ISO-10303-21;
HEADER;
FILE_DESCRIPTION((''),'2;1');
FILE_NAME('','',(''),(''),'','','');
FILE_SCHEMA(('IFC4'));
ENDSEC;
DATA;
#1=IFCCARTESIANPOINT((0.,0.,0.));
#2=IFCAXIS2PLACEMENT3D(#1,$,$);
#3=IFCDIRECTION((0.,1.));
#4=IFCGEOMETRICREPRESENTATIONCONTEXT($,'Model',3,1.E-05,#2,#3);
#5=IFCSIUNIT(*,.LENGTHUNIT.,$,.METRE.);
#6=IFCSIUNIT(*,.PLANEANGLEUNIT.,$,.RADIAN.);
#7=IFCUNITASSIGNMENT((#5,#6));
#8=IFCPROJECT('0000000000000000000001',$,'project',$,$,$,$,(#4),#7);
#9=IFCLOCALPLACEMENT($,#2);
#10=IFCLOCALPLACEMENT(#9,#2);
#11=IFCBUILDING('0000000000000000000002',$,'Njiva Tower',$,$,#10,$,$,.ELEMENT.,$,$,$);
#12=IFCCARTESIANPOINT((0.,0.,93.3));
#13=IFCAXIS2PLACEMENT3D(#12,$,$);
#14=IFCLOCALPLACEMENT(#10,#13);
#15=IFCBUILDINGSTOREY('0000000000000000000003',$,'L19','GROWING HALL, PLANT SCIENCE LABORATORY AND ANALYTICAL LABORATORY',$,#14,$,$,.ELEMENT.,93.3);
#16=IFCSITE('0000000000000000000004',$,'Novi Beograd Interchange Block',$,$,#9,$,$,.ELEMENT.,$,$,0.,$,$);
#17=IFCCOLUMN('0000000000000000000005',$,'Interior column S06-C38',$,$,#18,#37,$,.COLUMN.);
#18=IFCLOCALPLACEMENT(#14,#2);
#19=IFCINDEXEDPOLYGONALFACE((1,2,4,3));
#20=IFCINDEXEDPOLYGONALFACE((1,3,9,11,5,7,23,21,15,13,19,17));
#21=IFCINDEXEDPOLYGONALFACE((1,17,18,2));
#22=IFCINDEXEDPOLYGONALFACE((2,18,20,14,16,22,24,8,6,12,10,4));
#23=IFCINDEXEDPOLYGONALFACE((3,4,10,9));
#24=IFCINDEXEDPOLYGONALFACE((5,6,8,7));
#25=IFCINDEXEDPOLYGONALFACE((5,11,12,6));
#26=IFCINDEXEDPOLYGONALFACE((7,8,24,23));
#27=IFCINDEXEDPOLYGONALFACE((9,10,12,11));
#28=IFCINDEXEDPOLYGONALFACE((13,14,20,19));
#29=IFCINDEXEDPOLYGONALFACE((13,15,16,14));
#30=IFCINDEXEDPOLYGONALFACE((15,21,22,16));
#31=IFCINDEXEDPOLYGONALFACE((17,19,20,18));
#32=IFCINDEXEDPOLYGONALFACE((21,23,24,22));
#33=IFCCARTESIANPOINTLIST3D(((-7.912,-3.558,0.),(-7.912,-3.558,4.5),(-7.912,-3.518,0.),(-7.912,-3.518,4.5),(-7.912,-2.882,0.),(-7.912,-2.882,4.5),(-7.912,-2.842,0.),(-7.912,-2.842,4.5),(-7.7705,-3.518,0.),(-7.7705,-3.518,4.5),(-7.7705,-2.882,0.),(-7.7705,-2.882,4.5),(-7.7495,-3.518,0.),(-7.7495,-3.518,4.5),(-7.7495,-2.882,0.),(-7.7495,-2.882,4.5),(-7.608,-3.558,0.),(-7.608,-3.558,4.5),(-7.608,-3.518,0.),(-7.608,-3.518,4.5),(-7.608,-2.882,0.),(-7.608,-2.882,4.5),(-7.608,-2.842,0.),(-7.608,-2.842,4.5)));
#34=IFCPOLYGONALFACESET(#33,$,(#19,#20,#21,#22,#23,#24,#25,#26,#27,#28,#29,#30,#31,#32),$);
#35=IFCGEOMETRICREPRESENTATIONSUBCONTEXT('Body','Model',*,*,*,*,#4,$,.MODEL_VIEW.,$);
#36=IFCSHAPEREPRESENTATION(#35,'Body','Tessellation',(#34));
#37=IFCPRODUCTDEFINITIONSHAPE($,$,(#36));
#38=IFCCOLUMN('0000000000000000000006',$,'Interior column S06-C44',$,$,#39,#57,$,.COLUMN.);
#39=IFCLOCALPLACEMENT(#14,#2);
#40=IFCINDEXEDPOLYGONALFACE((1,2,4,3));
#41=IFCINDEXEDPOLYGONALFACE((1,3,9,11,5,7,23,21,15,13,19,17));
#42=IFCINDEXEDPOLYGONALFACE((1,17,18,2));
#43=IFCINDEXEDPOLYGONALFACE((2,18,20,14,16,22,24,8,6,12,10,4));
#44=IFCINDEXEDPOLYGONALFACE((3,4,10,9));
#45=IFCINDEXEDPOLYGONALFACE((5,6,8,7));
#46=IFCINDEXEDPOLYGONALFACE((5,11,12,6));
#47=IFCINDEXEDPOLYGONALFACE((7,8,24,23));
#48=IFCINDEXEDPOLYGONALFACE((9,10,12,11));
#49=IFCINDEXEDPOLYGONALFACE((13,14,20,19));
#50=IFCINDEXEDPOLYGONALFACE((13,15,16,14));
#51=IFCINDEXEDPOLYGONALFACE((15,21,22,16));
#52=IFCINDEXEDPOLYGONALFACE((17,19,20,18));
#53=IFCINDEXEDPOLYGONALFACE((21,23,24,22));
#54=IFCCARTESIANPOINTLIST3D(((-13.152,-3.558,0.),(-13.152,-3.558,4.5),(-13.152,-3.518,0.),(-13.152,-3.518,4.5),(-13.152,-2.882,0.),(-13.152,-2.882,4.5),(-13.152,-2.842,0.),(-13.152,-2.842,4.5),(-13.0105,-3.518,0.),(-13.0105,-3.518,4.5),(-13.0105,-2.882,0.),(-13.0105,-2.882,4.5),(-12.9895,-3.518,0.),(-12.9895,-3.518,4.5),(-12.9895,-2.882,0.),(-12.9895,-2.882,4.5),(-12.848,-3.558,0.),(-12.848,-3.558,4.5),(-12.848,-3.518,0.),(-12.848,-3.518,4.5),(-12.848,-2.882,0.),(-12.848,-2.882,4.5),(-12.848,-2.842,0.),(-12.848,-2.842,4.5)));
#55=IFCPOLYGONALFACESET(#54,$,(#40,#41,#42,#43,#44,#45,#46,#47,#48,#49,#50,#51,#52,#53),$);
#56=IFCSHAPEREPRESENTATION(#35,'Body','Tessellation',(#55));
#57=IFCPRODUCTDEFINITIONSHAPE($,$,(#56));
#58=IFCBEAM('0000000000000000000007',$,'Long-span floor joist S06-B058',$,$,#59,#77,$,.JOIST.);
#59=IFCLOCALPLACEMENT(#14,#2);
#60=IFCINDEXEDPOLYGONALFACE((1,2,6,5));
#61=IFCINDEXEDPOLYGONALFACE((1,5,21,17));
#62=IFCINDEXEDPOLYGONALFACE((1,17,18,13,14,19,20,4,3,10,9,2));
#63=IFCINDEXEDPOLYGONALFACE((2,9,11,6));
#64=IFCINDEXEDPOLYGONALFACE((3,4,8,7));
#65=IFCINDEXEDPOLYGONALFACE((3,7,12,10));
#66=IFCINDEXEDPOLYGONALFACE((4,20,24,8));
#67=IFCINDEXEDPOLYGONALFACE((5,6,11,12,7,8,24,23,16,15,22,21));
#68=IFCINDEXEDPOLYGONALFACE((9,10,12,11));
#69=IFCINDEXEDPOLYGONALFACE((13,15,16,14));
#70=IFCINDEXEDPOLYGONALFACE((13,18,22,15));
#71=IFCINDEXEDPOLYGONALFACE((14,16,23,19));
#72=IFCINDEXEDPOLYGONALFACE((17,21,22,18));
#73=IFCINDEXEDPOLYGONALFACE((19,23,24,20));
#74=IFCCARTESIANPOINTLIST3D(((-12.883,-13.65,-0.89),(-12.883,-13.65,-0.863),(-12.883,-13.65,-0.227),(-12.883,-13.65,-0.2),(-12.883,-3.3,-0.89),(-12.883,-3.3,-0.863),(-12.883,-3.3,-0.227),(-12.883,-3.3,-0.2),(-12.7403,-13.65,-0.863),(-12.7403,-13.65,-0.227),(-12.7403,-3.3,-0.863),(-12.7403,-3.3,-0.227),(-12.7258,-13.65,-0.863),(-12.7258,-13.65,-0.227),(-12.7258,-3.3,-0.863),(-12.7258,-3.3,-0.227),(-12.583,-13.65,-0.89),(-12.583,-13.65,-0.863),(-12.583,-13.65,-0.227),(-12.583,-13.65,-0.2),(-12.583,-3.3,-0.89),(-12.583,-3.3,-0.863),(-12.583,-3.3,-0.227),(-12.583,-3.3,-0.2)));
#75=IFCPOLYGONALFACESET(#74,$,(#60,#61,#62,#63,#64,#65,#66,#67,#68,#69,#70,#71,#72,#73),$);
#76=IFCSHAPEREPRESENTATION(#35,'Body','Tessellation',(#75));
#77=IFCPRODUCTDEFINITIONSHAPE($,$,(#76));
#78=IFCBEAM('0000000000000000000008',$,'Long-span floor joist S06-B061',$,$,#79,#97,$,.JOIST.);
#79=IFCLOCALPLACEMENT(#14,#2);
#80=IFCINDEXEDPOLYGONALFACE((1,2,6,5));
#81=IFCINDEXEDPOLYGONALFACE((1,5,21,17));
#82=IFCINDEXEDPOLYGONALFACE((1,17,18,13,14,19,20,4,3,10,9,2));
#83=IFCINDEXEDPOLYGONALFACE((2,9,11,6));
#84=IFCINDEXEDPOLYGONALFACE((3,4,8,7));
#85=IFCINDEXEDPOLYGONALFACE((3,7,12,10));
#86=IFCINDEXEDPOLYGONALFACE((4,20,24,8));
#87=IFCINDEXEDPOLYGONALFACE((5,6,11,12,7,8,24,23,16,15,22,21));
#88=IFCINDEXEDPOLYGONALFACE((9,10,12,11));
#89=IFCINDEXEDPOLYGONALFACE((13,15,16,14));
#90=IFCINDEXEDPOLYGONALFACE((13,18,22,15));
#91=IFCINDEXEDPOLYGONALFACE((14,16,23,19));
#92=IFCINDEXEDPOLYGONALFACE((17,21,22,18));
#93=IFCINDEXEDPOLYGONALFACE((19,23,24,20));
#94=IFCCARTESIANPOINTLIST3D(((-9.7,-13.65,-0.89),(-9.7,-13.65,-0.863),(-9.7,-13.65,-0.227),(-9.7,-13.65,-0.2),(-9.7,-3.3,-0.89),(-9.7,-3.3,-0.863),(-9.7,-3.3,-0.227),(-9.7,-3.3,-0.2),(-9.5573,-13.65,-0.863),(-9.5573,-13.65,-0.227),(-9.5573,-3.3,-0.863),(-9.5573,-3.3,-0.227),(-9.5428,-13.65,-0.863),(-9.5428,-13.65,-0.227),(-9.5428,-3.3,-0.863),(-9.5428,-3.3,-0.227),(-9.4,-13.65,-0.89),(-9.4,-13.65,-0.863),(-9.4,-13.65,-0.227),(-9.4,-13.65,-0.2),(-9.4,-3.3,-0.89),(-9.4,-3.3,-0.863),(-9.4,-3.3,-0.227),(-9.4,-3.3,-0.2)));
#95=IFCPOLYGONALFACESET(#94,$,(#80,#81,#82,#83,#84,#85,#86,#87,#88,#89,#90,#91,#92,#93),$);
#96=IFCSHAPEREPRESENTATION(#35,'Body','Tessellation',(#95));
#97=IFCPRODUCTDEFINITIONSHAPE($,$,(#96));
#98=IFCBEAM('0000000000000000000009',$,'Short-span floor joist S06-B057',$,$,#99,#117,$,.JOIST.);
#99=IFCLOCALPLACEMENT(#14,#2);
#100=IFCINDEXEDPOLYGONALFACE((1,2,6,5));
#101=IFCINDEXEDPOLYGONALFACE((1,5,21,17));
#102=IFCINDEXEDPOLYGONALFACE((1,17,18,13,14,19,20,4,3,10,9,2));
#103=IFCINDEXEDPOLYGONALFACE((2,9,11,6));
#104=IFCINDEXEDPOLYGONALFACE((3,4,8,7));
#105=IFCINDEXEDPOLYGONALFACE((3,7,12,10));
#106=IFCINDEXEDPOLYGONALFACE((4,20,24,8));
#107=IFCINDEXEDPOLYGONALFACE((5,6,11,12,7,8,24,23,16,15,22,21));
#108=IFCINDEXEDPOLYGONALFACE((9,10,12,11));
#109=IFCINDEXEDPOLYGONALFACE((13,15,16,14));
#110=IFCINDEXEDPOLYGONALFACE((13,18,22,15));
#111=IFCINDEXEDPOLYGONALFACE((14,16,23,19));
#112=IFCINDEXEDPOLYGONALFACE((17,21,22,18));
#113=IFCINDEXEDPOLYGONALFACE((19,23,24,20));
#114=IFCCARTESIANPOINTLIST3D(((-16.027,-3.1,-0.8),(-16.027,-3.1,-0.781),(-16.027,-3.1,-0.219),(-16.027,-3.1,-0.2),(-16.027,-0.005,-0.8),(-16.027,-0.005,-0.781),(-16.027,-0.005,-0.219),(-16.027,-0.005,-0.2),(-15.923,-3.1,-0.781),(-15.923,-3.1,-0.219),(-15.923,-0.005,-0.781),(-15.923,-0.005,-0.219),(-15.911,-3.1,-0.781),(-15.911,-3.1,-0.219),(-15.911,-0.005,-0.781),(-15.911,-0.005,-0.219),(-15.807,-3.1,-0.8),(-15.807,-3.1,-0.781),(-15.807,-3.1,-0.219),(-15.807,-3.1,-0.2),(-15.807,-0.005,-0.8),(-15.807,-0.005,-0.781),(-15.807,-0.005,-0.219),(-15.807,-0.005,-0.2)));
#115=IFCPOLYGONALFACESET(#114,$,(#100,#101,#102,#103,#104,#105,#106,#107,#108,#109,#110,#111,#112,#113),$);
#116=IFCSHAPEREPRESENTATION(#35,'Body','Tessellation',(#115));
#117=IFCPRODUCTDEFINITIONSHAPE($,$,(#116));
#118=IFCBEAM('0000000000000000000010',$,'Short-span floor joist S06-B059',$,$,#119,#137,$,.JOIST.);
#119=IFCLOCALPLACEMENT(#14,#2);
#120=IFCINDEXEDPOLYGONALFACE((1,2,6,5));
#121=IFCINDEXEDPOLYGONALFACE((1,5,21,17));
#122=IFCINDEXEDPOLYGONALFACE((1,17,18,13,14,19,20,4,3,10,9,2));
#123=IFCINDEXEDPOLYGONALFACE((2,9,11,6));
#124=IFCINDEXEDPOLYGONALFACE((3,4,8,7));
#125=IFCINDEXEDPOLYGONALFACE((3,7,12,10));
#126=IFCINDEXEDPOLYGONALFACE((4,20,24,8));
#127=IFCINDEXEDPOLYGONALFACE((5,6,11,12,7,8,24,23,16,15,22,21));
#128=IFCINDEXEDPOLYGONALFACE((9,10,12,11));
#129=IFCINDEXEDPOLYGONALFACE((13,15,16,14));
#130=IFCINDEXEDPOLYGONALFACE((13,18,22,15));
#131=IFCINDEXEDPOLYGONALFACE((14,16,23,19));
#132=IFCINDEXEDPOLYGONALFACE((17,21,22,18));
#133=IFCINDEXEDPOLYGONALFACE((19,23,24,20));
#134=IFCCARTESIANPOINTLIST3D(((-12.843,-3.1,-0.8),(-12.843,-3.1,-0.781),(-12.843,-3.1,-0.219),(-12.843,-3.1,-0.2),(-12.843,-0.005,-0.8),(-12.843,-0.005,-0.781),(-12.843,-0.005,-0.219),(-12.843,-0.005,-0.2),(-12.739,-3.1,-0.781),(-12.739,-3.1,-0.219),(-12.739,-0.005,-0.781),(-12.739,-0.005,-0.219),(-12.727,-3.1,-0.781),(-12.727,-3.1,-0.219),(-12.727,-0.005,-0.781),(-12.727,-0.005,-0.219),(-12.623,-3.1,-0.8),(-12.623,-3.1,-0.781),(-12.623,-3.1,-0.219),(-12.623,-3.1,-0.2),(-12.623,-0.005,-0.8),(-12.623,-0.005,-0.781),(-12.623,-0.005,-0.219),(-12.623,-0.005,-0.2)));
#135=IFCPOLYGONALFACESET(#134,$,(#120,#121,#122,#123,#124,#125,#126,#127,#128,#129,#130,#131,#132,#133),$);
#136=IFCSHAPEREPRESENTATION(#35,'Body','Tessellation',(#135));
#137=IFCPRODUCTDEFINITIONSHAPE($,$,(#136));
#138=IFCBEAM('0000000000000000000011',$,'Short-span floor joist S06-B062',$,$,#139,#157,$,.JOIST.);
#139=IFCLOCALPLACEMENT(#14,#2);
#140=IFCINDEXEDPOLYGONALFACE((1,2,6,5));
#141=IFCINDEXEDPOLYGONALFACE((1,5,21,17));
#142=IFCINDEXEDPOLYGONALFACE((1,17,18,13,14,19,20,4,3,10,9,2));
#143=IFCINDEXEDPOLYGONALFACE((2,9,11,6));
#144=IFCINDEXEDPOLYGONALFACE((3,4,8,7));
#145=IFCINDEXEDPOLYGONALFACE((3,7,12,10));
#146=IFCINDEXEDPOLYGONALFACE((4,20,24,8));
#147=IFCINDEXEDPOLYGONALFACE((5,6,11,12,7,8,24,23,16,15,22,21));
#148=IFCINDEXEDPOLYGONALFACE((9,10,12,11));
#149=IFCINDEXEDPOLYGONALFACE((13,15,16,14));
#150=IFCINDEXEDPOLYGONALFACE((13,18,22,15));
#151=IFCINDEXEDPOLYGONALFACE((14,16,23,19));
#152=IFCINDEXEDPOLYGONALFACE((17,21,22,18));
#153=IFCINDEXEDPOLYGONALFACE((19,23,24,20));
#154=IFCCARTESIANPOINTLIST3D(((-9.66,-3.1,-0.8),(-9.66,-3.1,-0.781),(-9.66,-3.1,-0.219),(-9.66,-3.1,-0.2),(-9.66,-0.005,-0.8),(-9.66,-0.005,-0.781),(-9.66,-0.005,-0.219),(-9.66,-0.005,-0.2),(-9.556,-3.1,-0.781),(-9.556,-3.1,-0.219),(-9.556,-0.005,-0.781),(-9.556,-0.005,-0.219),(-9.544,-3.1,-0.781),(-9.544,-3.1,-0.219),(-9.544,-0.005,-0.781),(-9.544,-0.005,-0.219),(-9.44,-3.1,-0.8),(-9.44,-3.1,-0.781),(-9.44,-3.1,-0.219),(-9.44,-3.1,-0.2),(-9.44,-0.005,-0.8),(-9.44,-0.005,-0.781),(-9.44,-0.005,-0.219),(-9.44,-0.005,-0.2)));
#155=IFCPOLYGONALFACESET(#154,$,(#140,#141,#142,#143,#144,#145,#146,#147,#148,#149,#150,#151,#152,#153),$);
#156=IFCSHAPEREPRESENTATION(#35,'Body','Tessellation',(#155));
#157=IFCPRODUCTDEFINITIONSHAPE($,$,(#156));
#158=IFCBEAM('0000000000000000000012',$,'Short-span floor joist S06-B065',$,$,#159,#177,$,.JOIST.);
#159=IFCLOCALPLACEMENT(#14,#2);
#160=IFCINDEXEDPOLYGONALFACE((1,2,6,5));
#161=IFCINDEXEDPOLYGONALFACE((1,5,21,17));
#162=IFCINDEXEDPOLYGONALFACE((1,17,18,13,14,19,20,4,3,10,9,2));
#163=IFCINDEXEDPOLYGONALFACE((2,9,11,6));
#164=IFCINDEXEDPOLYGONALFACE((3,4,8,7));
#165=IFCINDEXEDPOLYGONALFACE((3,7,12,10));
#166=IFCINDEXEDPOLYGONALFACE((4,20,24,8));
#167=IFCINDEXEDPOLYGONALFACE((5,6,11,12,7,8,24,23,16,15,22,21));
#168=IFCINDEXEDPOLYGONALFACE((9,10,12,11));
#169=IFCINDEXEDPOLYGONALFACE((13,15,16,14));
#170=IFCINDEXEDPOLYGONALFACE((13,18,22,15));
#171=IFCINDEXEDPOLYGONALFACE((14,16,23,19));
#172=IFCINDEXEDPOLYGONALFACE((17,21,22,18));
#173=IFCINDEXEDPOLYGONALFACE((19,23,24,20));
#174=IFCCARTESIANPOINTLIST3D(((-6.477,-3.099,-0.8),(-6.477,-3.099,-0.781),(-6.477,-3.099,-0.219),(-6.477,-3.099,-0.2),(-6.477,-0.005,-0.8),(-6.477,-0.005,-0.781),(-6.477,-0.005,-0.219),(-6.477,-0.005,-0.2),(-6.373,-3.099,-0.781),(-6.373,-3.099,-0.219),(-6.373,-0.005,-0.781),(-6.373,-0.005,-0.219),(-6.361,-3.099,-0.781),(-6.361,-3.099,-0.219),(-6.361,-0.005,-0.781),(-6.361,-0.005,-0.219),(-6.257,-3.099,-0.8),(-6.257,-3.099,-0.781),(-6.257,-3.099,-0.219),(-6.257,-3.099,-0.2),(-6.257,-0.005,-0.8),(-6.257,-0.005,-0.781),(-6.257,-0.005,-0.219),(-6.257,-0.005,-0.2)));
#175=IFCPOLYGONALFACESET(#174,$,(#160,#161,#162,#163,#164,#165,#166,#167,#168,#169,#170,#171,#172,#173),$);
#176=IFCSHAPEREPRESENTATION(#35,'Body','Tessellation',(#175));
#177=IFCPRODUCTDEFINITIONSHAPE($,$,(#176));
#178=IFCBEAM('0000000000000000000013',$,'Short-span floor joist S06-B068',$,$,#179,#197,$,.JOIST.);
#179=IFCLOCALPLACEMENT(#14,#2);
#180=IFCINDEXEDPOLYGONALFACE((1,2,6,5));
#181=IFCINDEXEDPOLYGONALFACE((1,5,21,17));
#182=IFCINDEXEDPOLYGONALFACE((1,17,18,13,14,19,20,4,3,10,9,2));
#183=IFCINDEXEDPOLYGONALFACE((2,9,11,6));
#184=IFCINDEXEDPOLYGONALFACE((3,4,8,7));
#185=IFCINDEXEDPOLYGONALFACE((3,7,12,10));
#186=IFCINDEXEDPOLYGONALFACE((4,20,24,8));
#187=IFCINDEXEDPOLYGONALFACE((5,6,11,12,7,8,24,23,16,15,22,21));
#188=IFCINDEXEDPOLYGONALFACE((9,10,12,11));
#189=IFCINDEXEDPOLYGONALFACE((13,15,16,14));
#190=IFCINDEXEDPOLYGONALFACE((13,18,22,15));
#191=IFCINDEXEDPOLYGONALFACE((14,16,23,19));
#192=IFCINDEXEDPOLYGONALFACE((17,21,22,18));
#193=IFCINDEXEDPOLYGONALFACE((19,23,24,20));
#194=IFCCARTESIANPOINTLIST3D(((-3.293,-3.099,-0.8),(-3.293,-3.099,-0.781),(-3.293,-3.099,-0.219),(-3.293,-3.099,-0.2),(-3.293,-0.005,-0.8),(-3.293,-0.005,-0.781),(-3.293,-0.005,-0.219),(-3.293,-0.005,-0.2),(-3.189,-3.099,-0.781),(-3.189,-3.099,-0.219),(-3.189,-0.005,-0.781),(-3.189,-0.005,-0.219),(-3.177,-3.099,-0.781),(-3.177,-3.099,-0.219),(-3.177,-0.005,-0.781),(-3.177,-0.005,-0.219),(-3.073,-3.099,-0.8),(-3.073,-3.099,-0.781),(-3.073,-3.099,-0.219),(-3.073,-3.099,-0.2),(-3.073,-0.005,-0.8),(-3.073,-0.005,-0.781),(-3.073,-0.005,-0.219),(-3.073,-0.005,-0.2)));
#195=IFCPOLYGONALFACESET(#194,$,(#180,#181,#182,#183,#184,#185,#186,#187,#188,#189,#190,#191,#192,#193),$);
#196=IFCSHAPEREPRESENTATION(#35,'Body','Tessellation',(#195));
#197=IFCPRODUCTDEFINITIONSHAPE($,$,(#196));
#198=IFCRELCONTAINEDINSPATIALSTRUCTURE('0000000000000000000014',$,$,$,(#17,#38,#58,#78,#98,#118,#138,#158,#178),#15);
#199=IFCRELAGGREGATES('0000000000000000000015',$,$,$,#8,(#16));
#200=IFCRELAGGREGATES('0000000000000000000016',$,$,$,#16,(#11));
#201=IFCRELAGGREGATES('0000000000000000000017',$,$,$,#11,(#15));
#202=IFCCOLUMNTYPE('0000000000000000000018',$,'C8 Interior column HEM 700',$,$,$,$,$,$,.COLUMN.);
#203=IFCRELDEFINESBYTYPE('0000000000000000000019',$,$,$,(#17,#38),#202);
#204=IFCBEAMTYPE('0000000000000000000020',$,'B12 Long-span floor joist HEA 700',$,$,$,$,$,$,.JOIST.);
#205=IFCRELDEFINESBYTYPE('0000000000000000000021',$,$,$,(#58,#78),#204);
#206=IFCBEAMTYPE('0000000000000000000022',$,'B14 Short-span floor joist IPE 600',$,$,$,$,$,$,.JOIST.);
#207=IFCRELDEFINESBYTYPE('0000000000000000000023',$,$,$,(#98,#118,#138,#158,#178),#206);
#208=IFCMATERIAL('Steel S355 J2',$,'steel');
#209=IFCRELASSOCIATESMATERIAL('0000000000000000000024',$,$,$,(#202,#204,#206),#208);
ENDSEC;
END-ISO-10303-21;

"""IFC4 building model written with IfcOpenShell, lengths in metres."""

from ifc_helpers import new_model, si_unit, direction, frame, origin, origin_2d, place, context, subcontext, project, spatial, i_section, extrude, material, material_profile, profile_set, type_object, element, save


model = new_model("IFC4")

# Units and contexts
model_context = context("Model", 3, precision=1e-05, world=origin(), true_north=direction((0.0, 1.0)))
body_context = subcontext(model_context, "Body", "Model", "MODEL_VIEW")
ifc_project = project(units=[si_unit("LENGTHUNIT", "METRE"), si_unit("PLANEANGLEUNIT", "RADIAN")], contexts=[model_context])

# Site, building, storey
site_placement = place(None, origin())
site = spatial("IfcSite", under=ifc_project, at=site_placement, Name="Novi Beograd Interchange Block", CompositionType="ELEMENT", RefElevation=0.0)
building_placement = place(site_placement, origin())
building = spatial("IfcBuilding", under=site, at=building_placement, Name="Njiva Tower", CompositionType="ELEMENT")
storey_placement = place(building_placement, frame((0.0, 0.0, 93.3)))
storey = spatial("IfcBuildingStorey", under=building, at=storey_placement, Name="L19", Description="GROWING HALL, PLANT SCIENCE LABORATORY AND ANALYTICAL LABORATORY", CompositionType="ELEMENT", Elevation=93.3)

# Columns
ifc_material_1 = material(Name="Steel S355 J2", Category="steel")
ifc_material_profile_1 = material_profile(ifc_material_1, i_section(OverallWidth=0.304, OverallDepth=0.716, WebThickness=0.021, FlangeThickness=0.04, at=origin_2d()), Name="HEM 700")
ifc_profile_set_1 = profile_set([ifc_material_profile_1], Name="Steel S355 J2")
column_type = type_object("IfcColumnType", Name="C8 Interior column HEM 700", PredefinedType="COLUMN", material=ifc_profile_set_1)
for number, where, z_axis, x_axis, name in (
    (1, (-7.76, -3.2, 0.0), (0.0, 0.0, 1.0), (1.0, 0.0, 0.0), "Interior column S06-C38"),
    (2, (-13.0, -3.2, 0.0), (0.0, 0.0, 1.0), (1.0, 0.0, 0.0), "Interior column S06-C44"),
):
    element("IfcColumn", number, at=place(storey_placement, frame(where, z_axis=z_axis, x_axis=x_axis)), inside=storey, type_object=column_type, Name=name, PredefinedType="COLUMN", context=body_context, shape_type="SweptSolid", body=[
        extrude(i_section(OverallWidth=0.304, OverallDepth=0.716, WebThickness=0.021, FlangeThickness=0.04, at=origin_2d()), origin(), (0.0, 0.0, 1.0), 4.5),
    ])

# Beams
ifc_material_profile_2 = material_profile(ifc_material_1, i_section(OverallWidth=0.3, OverallDepth=0.69, WebThickness=0.0145, FlangeThickness=0.027, at=origin_2d()), Name="HEA 700")
ifc_profile_set_2 = profile_set([ifc_material_profile_2], Name="Steel S355 J2")
beam_type_1 = type_object("IfcBeamType", Name="B12 Long-span floor joist HEA 700", PredefinedType="JOIST", material=ifc_profile_set_2)
for number, where, z_axis, x_axis, name in (
    (3, (-12.733, -3.3, -0.545), (0.0, -1.0, 0.0), (1.0, 0.0, 0.0), "Long-span floor joist S06-B058"),
    (4, (-9.55, -3.3, -0.545), (0.0, -1.0, 0.0), (1.0, 0.0, 0.0), "Long-span floor joist S06-B061"),
):
    element("IfcBeam", number, at=place(storey_placement, frame(where, z_axis=z_axis, x_axis=x_axis)), inside=storey, type_object=beam_type_1, Name=name, PredefinedType="JOIST", context=body_context, shape_type="SweptSolid", body=[
        extrude(i_section(OverallWidth=0.3, OverallDepth=0.69, WebThickness=0.0145, FlangeThickness=0.027, at=origin_2d()), origin(), (0.0, 0.0, 1.0), 10.35),
    ])
ifc_material_profile_3 = material_profile(ifc_material_1, i_section(OverallWidth=0.22, OverallDepth=0.6, WebThickness=0.012, FlangeThickness=0.019, at=origin_2d()), Name="IPE 600")
ifc_profile_set_3 = profile_set([ifc_material_profile_3], Name="Steel S355 J2")
beam_type_2 = type_object("IfcBeamType", Name="B14 Short-span floor joist IPE 600", PredefinedType="JOIST", material=ifc_profile_set_3)
for number, where, z_axis, x_axis, name in (
    (5, (-15.917, -0.005, -0.5), (0.0, -1.0, 0.0), (1.0, 0.0, 0.0), "Short-span floor joist S06-B057"),
    (6, (-12.733, -0.005, -0.5), (0.0, -1.0, 0.0), (1.0, 0.0, 0.0), "Short-span floor joist S06-B059"),
    (7, (-9.55, -0.005, -0.5), (0.0, -1.0, 0.0), (1.0, 0.0, 0.0), "Short-span floor joist S06-B062"),
):
    element("IfcBeam", number, at=place(storey_placement, frame(where, z_axis=z_axis, x_axis=x_axis)), inside=storey, type_object=beam_type_2, Name=name, PredefinedType="JOIST", context=body_context, shape_type="SweptSolid", body=[
        extrude(i_section(OverallWidth=0.22, OverallDepth=0.6, WebThickness=0.012, FlangeThickness=0.019, at=origin_2d()), origin(), (0.0, 0.0, 1.0), 3.095),
    ])
for number, where, z_axis, x_axis, name in (
    (8, (-6.367, -0.005, -0.5), (0.0, -1.0, 0.0), (1.0, 0.0, 0.0), "Short-span floor joist S06-B065"),
    (9, (-3.183, -0.005, -0.5), (0.0, -1.0, 0.0), (1.0, 0.0, 0.0), "Short-span floor joist S06-B068"),
):
    element("IfcBeam", number, at=place(storey_placement, frame(where, z_axis=z_axis, x_axis=x_axis)), inside=storey, type_object=beam_type_2, Name=name, PredefinedType="JOIST", context=body_context, shape_type="SweptSolid", body=[
        extrude(i_section(OverallWidth=0.22, OverallDepth=0.6, WebThickness=0.012, FlangeThickness=0.019, at=origin_2d()), origin(), (0.0, 0.0, 1.0), 3.094),
    ])

save(model, "model.ifc")
